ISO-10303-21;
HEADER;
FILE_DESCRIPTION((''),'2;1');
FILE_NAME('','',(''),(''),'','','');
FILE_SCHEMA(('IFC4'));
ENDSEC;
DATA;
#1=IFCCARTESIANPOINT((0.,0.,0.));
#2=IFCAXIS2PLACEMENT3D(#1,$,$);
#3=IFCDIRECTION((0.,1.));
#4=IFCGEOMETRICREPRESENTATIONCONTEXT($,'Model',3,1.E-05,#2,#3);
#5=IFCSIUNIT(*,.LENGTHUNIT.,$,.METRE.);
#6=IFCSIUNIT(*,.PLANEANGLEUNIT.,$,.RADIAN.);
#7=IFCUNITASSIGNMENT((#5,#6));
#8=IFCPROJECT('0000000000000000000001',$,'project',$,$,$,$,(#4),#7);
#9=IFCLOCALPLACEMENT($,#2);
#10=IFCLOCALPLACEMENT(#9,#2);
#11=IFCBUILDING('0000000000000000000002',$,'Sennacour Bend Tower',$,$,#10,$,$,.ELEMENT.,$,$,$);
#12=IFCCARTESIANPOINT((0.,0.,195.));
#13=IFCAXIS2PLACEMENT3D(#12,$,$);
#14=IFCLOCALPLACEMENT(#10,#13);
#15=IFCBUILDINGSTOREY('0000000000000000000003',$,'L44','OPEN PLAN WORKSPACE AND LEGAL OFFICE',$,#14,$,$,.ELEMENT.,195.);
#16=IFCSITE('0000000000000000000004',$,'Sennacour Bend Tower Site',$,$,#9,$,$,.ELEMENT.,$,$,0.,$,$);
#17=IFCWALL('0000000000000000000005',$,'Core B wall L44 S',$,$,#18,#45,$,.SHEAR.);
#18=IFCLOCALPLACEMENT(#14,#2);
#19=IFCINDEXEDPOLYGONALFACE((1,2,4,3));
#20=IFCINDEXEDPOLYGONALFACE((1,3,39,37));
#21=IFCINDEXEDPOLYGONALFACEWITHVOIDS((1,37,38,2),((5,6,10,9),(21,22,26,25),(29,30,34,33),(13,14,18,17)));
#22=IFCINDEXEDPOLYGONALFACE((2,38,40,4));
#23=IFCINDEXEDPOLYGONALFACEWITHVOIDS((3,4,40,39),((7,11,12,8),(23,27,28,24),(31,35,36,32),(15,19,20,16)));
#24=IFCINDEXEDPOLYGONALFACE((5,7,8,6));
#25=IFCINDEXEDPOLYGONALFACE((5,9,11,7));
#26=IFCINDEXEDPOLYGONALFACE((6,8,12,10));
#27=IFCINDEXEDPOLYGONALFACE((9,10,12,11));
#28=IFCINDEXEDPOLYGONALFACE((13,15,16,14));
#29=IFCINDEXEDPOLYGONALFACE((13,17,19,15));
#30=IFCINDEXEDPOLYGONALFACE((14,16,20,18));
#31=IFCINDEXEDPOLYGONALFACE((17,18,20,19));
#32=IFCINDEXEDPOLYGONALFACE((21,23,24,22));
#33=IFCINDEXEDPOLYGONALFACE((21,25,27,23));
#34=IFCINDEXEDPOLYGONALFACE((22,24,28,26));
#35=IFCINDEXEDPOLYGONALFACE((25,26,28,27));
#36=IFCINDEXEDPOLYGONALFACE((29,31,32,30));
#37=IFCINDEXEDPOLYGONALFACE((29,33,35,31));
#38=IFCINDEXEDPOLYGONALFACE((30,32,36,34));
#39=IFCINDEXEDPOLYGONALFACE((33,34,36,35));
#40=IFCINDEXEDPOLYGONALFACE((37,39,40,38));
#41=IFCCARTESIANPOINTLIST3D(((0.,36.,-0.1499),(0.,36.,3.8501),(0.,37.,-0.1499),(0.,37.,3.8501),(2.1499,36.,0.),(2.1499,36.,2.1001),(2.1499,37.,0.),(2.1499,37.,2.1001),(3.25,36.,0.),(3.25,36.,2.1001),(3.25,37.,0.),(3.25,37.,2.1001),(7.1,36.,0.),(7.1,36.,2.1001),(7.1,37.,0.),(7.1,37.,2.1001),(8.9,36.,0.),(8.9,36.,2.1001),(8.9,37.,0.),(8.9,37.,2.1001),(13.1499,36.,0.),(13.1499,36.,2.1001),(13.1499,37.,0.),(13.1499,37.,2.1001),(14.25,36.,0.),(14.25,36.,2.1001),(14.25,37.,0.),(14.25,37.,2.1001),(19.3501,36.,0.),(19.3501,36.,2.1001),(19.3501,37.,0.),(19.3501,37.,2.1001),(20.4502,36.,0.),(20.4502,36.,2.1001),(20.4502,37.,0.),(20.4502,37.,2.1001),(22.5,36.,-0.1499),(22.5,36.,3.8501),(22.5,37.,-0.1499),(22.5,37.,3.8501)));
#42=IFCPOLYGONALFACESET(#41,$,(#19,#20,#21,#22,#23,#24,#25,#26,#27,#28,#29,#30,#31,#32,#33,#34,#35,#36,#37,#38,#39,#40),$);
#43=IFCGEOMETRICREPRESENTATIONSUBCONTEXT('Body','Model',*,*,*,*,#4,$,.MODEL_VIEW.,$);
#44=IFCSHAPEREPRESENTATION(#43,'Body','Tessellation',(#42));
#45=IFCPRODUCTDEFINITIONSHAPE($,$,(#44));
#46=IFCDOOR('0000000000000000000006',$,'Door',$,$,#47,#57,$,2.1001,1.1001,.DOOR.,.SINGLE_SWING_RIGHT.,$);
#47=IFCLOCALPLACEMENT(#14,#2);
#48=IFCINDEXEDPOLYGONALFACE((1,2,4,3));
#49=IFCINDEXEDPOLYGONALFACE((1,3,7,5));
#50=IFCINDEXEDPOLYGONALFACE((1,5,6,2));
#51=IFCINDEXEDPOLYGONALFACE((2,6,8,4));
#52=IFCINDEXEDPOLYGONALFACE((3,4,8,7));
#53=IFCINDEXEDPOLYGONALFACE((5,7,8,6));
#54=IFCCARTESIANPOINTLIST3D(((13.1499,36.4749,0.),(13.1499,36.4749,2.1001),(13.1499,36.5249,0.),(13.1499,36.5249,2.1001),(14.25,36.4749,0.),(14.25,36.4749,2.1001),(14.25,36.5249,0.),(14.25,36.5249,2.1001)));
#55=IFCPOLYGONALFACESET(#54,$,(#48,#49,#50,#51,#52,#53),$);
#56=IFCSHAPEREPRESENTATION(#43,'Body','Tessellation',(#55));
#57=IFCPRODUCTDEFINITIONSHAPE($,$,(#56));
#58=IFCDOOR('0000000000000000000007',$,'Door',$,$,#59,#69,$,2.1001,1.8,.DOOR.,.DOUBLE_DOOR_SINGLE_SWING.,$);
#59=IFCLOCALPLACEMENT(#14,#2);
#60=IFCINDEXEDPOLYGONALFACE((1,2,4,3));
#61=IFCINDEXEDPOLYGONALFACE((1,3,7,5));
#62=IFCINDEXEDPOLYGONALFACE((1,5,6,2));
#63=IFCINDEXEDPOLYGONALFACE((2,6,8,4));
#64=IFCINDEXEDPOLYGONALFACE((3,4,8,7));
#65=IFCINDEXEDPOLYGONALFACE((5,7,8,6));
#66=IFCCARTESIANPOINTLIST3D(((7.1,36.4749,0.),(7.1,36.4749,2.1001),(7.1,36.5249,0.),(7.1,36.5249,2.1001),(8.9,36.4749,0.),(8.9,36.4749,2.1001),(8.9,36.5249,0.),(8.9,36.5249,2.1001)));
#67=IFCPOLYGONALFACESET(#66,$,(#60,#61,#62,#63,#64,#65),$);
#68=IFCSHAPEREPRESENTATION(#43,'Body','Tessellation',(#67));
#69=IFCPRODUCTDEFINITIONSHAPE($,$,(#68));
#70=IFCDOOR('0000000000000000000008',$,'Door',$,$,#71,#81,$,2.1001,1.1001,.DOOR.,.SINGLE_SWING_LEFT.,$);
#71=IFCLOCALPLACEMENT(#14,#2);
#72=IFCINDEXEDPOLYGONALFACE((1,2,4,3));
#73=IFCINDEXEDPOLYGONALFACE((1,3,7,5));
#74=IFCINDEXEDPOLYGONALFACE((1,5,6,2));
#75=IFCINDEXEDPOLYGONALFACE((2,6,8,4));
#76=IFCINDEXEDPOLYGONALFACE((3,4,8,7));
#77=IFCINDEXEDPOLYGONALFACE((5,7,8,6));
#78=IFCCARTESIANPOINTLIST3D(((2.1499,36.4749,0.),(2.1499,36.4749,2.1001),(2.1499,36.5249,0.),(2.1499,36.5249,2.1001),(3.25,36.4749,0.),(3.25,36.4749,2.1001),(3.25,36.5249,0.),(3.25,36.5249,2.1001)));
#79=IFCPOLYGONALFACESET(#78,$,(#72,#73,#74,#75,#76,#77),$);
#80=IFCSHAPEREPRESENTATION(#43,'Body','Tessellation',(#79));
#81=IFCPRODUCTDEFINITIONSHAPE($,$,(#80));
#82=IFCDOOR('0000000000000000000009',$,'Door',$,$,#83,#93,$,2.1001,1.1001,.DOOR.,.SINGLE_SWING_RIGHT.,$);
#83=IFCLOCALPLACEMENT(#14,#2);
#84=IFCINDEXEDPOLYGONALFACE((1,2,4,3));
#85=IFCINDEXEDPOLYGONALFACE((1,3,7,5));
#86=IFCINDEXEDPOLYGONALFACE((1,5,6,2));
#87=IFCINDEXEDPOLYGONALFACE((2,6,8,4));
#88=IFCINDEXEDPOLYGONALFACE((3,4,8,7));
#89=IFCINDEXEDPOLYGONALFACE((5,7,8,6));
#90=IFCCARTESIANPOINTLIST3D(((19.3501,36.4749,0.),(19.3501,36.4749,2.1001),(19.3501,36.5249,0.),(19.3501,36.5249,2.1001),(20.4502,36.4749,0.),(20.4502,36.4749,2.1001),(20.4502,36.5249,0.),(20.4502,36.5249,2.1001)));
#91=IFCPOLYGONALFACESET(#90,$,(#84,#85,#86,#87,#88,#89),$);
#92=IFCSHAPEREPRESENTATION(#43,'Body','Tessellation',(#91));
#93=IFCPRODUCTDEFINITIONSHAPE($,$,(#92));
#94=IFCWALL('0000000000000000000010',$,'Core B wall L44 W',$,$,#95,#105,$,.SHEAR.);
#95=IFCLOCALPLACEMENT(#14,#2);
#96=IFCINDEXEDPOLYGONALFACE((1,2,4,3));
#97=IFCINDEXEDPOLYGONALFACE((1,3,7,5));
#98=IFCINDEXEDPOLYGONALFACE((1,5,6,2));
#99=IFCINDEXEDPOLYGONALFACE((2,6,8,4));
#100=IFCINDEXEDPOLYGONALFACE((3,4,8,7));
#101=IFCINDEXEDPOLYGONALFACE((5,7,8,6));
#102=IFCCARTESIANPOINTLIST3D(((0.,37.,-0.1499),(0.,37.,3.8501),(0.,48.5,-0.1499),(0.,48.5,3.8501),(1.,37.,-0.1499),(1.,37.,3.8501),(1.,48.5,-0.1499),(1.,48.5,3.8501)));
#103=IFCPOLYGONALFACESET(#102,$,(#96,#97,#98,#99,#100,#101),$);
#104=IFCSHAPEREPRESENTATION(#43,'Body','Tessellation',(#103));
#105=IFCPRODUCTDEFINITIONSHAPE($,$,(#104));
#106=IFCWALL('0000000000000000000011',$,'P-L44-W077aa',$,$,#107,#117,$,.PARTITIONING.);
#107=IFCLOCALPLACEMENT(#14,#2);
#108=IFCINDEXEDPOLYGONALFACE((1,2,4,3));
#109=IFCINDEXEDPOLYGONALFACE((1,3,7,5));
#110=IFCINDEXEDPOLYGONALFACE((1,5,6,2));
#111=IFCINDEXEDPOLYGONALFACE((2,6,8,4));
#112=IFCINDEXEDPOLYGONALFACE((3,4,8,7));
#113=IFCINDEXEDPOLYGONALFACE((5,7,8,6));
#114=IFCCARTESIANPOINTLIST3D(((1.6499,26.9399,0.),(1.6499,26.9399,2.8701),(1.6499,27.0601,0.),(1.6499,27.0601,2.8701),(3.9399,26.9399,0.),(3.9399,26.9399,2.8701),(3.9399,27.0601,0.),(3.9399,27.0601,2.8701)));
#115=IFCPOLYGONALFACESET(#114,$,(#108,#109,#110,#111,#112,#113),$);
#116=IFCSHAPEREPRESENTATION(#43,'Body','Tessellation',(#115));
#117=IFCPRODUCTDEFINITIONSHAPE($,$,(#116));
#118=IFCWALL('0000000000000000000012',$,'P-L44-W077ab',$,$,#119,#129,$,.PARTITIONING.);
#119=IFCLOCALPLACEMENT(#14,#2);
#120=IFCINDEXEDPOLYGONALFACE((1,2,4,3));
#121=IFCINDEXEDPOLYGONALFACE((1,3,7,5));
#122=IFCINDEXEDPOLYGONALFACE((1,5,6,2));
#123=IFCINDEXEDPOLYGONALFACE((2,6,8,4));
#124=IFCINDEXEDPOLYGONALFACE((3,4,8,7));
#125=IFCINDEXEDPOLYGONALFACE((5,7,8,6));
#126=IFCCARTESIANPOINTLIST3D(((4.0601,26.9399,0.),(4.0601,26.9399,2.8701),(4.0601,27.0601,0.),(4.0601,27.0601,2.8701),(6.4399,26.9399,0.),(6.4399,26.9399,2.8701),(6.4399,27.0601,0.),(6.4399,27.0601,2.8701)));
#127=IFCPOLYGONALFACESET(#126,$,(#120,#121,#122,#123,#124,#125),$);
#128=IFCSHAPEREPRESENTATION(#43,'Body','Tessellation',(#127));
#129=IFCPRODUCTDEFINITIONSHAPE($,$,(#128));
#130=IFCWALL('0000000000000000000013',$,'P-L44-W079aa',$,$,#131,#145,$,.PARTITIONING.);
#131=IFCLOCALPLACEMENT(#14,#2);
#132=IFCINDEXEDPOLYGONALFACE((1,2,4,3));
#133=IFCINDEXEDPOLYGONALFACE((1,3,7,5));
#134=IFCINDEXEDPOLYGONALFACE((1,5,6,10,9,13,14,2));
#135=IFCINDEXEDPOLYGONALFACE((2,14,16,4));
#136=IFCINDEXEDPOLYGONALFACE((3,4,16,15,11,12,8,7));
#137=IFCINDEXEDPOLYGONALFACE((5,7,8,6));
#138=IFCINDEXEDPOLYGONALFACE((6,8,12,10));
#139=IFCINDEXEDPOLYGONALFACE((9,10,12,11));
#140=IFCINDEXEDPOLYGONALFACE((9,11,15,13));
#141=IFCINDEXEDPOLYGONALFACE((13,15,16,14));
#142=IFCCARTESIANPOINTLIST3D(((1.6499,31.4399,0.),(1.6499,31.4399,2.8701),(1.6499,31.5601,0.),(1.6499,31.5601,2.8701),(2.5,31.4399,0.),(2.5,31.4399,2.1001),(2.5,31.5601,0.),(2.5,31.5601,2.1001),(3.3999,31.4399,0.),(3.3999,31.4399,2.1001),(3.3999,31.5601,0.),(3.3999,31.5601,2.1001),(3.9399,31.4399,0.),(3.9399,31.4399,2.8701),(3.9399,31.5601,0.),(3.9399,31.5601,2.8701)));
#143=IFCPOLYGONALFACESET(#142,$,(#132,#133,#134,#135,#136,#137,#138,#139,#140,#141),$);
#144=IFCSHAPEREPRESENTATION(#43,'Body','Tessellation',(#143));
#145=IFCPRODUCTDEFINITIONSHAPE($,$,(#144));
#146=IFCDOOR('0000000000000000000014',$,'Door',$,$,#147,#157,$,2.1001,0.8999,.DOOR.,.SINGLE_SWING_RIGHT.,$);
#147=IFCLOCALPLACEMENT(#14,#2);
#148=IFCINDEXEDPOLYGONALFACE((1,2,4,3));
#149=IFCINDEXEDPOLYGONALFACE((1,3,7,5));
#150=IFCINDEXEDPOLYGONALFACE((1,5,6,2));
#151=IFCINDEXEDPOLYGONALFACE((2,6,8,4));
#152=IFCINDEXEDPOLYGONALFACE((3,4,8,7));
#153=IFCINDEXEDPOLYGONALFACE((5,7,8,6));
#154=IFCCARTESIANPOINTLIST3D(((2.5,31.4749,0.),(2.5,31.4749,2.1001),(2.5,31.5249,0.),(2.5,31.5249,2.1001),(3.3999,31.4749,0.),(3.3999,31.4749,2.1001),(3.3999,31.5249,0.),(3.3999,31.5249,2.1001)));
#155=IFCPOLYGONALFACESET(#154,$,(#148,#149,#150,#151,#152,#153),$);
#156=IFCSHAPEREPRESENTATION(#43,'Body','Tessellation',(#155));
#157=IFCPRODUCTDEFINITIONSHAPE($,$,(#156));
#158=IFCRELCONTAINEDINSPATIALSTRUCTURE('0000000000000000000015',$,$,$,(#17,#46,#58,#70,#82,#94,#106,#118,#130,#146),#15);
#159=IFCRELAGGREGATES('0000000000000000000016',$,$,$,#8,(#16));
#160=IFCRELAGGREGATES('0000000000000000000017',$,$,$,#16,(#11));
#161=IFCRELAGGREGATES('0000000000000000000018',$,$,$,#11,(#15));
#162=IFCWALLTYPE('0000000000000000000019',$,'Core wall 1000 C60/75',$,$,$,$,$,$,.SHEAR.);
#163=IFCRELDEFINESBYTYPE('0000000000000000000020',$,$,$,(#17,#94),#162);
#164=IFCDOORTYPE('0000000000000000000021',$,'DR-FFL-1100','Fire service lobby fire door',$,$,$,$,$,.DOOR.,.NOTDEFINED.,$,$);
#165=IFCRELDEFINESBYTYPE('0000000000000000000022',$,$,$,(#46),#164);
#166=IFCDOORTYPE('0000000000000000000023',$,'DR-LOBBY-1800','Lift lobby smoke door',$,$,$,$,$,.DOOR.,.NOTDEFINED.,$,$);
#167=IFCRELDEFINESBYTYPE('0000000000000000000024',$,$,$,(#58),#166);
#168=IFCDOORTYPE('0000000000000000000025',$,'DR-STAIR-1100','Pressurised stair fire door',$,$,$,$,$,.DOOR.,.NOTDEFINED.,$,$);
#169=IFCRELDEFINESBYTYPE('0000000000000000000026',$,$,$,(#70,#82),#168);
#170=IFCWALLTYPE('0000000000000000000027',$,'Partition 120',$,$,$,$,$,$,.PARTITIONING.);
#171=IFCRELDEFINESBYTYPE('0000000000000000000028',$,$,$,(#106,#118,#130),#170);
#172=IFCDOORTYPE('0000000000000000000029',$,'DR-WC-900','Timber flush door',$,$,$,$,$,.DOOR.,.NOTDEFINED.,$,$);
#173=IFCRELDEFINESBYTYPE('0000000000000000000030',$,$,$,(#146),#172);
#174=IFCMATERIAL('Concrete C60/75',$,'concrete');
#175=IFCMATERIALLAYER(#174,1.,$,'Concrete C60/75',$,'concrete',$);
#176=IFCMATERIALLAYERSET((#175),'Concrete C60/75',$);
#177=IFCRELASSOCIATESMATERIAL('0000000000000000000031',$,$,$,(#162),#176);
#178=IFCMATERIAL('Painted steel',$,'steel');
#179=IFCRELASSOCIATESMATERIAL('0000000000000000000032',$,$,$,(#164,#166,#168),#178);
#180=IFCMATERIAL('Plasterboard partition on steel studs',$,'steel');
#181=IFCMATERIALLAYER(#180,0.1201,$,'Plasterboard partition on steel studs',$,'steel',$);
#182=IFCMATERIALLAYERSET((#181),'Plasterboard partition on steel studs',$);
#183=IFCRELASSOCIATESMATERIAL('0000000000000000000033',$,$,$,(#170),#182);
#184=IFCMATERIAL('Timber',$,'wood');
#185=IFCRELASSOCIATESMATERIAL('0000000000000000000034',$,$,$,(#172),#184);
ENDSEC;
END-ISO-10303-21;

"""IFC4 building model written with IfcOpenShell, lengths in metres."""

from ifc_helpers import new_model, si_unit, direction, frame, frame_2d, origin, place, context, subcontext, project, spatial, rectangle, extrude, material, layer, layer_set, type_object, element, fill, save


model = new_model("IFC4")

# Units and contexts
model_context = context("Model", 3, precision=1e-05, world=origin(), true_north=direction((0.0, 1.0)))
body_context = subcontext(model_context, "Body", "Model", "MODEL_VIEW")
ifc_project = project(units=[si_unit("LENGTHUNIT", "METRE"), si_unit("PLANEANGLEUNIT", "RADIAN")], contexts=[model_context])

# Site, building, storey
site_placement = place(None, origin())
site = spatial("IfcSite", under=ifc_project, at=site_placement, Name="Sennacour Bend Tower Site", CompositionType="ELEMENT", RefElevation=0.0)
building_placement = place(site_placement, origin())
building = spatial("IfcBuilding", under=site, at=building_placement, Name="Sennacour Bend Tower", CompositionType="ELEMENT")
storey_placement = place(building_placement, frame((0.0, 0.0, 195.0)))
storey = spatial("IfcBuildingStorey", under=building, at=storey_placement, Name="L44", Description="OPEN PLAN WORKSPACE AND LEGAL OFFICE", CompositionType="ELEMENT", Elevation=195.0)

# Wall, openings, doors
ifc_material_1 = material(Name="Concrete C60/75", Category="concrete")
ifc_layer_1 = layer(ifc_material_1, 1.0, Name="Concrete C60/75", Category="concrete")
ifc_layer_set_1 = layer_set([ifc_layer_1], Name="Concrete C60/75")
wall_type_1 = type_object("IfcWallType", Name="Core wall 1000 C60/75", PredefinedType="SHEAR", material=ifc_layer_set_1)
wall_1_placement = place(storey_placement, frame((0.0, 36.5, -0.1499), z_axis=(0.0, 0.0, 1.0), x_axis=(1.0, 0.0, 0.0)))
wall_1 = element("IfcWall", 1, at=wall_1_placement, inside=storey, type_object=wall_type_1, Name="Core B wall L44 S", PredefinedType="SHEAR", context=body_context, shape_type="SweptSolid", body=[
    extrude(rectangle(XDim=22.5, YDim=1.0, at=frame_2d((11.25, 0.0))), origin(), (0.0, 0.0, 1.0), 4.0),
])
opening_1_placement = place(wall_1_placement, frame((7.1001, 0.0, 0.1499)))
opening_1 = element("IfcOpeningElement", 2, at=opening_1_placement, cuts=wall_1, PredefinedType="OPENING", context=body_context, shape_type="SweptSolid", body=[
    extrude(rectangle(XDim=1.8, YDim=2.1001, at=frame_2d((0.8999, 1.05))), frame((0.0, 0.51, 0.0), z_axis=(0.0, -1.0, 0.0), x_axis=(1.0, 0.0, 0.0)), (0.0, 0.0, 1.0), 1.02),
])
opening_2_placement = place(wall_1_placement, frame((13.1499, 0.0, 0.1499)))
opening_2 = element("IfcOpeningElement", 3, at=opening_2_placement, cuts=wall_1, PredefinedType="OPENING", context=body_context, shape_type="SweptSolid", body=[
    extrude(rectangle(XDim=1.1001, YDim=2.1001, at=frame_2d((0.55, 1.05))), frame((0.0, 0.51, 0.0), z_axis=(0.0, -1.0, 0.0), x_axis=(1.0, 0.0, 0.0)), (0.0, 0.0, 1.0), 1.02),
])
opening_3_placement = place(wall_1_placement, frame((2.1499, 0.0, 0.1499)))
opening_3 = element("IfcOpeningElement", 4, at=opening_3_placement, cuts=wall_1, PredefinedType="OPENING", context=body_context, shape_type="SweptSolid", body=[
    extrude(rectangle(XDim=1.1001, YDim=2.1001, at=frame_2d((0.55, 1.05))), frame((0.0, 0.51, 0.0), z_axis=(0.0, -1.0, 0.0), x_axis=(1.0, 0.0, 0.0)), (0.0, 0.0, 1.0), 1.02),
])
opening_4_placement = place(wall_1_placement, frame((19.3501, 0.0, 0.1499)))
opening_4 = element("IfcOpeningElement", 5, at=opening_4_placement, cuts=wall_1, PredefinedType="OPENING", context=body_context, shape_type="SweptSolid", body=[
    extrude(rectangle(XDim=1.1001, YDim=2.1001, at=frame_2d((0.55, 1.05))), frame((0.0, 0.51, 0.0), z_axis=(0.0, -1.0, 0.0), x_axis=(1.0, 0.0, 0.0)), (0.0, 0.0, 1.0), 1.02),
])
ifc_material_2 = material(Name="Painted steel", Category="steel")
door_type_1 = type_object("IfcDoorType", Name="DR-FFL-1100", Description="Fire service lobby fire door", OperationType="NOTDEFINED", PredefinedType="DOOR", material=ifc_material_2)
door_1_placement = place(opening_2_placement, origin())
door_1 = element("IfcDoor", 6, at=door_1_placement, inside=storey, type_object=door_type_1, Name="Door", OperationType="SINGLE_SWING_RIGHT", OverallHeight=2.1001, OverallWidth=1.1001, PredefinedType="DOOR", context=body_context, shape_type="SweptSolid", body=[
    extrude(rectangle(XDim=1.1001, YDim=2.1001, at=frame_2d((0.55, 1.05))), frame((0.0, 0.0249, 0.0), z_axis=(0.0, -1.0, 0.0), x_axis=(1.0, 0.0, 0.0)), (0.0, 0.0, 1.0), 0.05),
])
fill(opening_2, door_1)
door_type_2 = type_object("IfcDoorType", Name="DR-LOBBY-1800", Description="Lift lobby smoke door", OperationType="NOTDEFINED", PredefinedType="DOOR", material=ifc_material_2)
door_2_placement = place(opening_1_placement, origin())
door_2 = element("IfcDoor", 7, at=door_2_placement, inside=storey, type_object=door_type_2, Name="Door", OperationType="DOUBLE_DOOR_SINGLE_SWING", OverallHeight=2.1001, OverallWidth=1.8, PredefinedType="DOOR", context=body_context, shape_type="SweptSolid", body=[
    extrude(rectangle(XDim=1.8, YDim=2.1001, at=frame_2d((0.8999, 1.05))), frame((0.0, 0.0249, 0.0), z_axis=(0.0, -1.0, 0.0), x_axis=(1.0, 0.0, 0.0)), (0.0, 0.0, 1.0), 0.05),
])
fill(opening_1, door_2)
door_type_3 = type_object("IfcDoorType", Name="DR-STAIR-1100", Description="Pressurised stair fire door", OperationType="NOTDEFINED", PredefinedType="DOOR", material=ifc_material_2)
door_3_placement = place(opening_3_placement, origin())
door_3 = element("IfcDoor", 8, at=door_3_placement, inside=storey, type_object=door_type_3, Name="Door", OperationType="SINGLE_SWING_LEFT", OverallHeight=2.1001, OverallWidth=1.1001, PredefinedType="DOOR", context=body_context, shape_type="SweptSolid", body=[
    extrude(rectangle(XDim=1.1001, YDim=2.1001, at=frame_2d((0.55, 1.05))), frame((0.0, 0.0249, 0.0), z_axis=(0.0, -1.0, 0.0), x_axis=(1.0, 0.0, 0.0)), (0.0, 0.0, 1.0), 0.05),
])
fill(opening_3, door_3)
door_4_placement = place(opening_4_placement, origin())
door_4 = element("IfcDoor", 9, at=door_4_placement, inside=storey, type_object=door_type_3, Name="Door", OperationType="SINGLE_SWING_RIGHT", OverallHeight=2.1001, OverallWidth=1.1001, PredefinedType="DOOR", context=body_context, shape_type="SweptSolid", body=[
    extrude(rectangle(XDim=1.1001, YDim=2.1001, at=frame_2d((0.55, 1.05))), frame((0.0, 0.0249, 0.0), z_axis=(0.0, -1.0, 0.0), x_axis=(1.0, 0.0, 0.0)), (0.0, 0.0, 1.0), 0.05),
])
fill(opening_4, door_4)

# Walls
wall_2_placement = place(storey_placement, frame((0.5, 37.0, -0.1499), z_axis=(0.0, 0.0, 1.0), x_axis=(0.0, 1.0, 0.0)))
element("IfcWall", 10, at=wall_2_placement, inside=storey, type_object=wall_type_1, Name="Core B wall L44 W", PredefinedType="SHEAR", context=body_context, shape_type="SweptSolid", body=[
    extrude(rectangle(XDim=11.5, YDim=1.0, at=frame_2d((5.75, 0.0))), origin(), (0.0, 0.0, 1.0), 4.0),
])
ifc_material_3 = material(Name="Plasterboard partition on steel studs", Category="steel")
ifc_layer_2 = layer(ifc_material_3, 0.1201, Name="Plasterboard partition on steel studs", Category="steel")
ifc_layer_set_2 = layer_set([ifc_layer_2], Name="Plasterboard partition on steel studs")
wall_type_2 = type_object("IfcWallType", Name="Partition 120", PredefinedType="PARTITIONING", material=ifc_layer_set_2)
wall_3_placement = place(storey_placement, frame((1.6499, 27.0, 0.0), z_axis=(0.0, 0.0, 1.0), x_axis=(1.0, 0.0, 0.0)))
element("IfcWall", 11, at=wall_3_placement, inside=storey, type_object=wall_type_2, Name="P-L44-W077aa", PredefinedType="PARTITIONING", context=body_context, shape_type="SweptSolid", body=[
    extrude(rectangle(XDim=2.29, YDim=0.1201, at=frame_2d((1.145, 0.0))), origin(), (0.0, 0.0, 1.0), 2.8701),
])
wall_4_placement = place(storey_placement, frame((4.0601, 27.0, 0.0), z_axis=(0.0, 0.0, 1.0), x_axis=(1.0, 0.0, 0.0)))
element("IfcWall", 12, at=wall_4_placement, inside=storey, type_object=wall_type_2, Name="P-L44-W077ab", PredefinedType="PARTITIONING", context=body_context, shape_type="SweptSolid", body=[
    extrude(rectangle(XDim=2.3799, YDim=0.1201, at=frame_2d((1.1899, 0.0))), origin(), (0.0, 0.0, 1.0), 2.8701),
])

# Wall, opening, door
wall_5_placement = place(storey_placement, frame((1.6499, 31.5, 0.0), z_axis=(0.0, 0.0, 1.0), x_axis=(1.0, 0.0, 0.0)))
wall_5 = element("IfcWall", 13, at=wall_5_placement, inside=storey, type_object=wall_type_2, Name="P-L44-W079aa", PredefinedType="PARTITIONING", context=body_context, shape_type="SweptSolid", body=[
    extrude(rectangle(XDim=2.29, YDim=0.1201, at=frame_2d((1.145, 0.0))), origin(), (0.0, 0.0, 1.0), 2.8701),
])
opening_5_placement = place(wall_5_placement, frame((0.8501, 0.0, 0.0)))
opening_5 = element("IfcOpeningElement", 14, at=opening_5_placement, cuts=wall_5, PredefinedType="OPENING", context=body_context, shape_type="SweptSolid", body=[
    extrude(rectangle(XDim=0.8999, YDim=2.1001, at=frame_2d((0.45, 1.05))), frame((0.0, 0.0701, 0.0), z_axis=(0.0, -1.0, 0.0), x_axis=(1.0, 0.0, 0.0)), (0.0, 0.0, 1.0), 0.1401),
])
ifc_material_4 = material(Name="Timber", Category="wood")
door_type_4 = type_object("IfcDoorType", Name="DR-WC-900", Description="Timber flush door", OperationType="NOTDEFINED", PredefinedType="DOOR", material=ifc_material_4)
door_5_placement = place(opening_5_placement, origin())
door_5 = element("IfcDoor", 15, at=door_5_placement, inside=storey, type_object=door_type_4, Name="Door", OperationType="SINGLE_SWING_RIGHT", OverallHeight=2.1001, OverallWidth=0.8999, PredefinedType="DOOR", context=body_context, shape_type="SweptSolid", body=[
    extrude(rectangle(XDim=0.8999, YDim=2.1001, at=frame_2d((0.45, 1.05))), frame((0.0, 0.0249, 0.0), z_axis=(0.0, -1.0, 0.0), x_axis=(1.0, 0.0, 0.0)), (0.0, 0.0, 1.0), 0.05),
])
fill(opening_5, door_5)

save(model, "model.ifc")
